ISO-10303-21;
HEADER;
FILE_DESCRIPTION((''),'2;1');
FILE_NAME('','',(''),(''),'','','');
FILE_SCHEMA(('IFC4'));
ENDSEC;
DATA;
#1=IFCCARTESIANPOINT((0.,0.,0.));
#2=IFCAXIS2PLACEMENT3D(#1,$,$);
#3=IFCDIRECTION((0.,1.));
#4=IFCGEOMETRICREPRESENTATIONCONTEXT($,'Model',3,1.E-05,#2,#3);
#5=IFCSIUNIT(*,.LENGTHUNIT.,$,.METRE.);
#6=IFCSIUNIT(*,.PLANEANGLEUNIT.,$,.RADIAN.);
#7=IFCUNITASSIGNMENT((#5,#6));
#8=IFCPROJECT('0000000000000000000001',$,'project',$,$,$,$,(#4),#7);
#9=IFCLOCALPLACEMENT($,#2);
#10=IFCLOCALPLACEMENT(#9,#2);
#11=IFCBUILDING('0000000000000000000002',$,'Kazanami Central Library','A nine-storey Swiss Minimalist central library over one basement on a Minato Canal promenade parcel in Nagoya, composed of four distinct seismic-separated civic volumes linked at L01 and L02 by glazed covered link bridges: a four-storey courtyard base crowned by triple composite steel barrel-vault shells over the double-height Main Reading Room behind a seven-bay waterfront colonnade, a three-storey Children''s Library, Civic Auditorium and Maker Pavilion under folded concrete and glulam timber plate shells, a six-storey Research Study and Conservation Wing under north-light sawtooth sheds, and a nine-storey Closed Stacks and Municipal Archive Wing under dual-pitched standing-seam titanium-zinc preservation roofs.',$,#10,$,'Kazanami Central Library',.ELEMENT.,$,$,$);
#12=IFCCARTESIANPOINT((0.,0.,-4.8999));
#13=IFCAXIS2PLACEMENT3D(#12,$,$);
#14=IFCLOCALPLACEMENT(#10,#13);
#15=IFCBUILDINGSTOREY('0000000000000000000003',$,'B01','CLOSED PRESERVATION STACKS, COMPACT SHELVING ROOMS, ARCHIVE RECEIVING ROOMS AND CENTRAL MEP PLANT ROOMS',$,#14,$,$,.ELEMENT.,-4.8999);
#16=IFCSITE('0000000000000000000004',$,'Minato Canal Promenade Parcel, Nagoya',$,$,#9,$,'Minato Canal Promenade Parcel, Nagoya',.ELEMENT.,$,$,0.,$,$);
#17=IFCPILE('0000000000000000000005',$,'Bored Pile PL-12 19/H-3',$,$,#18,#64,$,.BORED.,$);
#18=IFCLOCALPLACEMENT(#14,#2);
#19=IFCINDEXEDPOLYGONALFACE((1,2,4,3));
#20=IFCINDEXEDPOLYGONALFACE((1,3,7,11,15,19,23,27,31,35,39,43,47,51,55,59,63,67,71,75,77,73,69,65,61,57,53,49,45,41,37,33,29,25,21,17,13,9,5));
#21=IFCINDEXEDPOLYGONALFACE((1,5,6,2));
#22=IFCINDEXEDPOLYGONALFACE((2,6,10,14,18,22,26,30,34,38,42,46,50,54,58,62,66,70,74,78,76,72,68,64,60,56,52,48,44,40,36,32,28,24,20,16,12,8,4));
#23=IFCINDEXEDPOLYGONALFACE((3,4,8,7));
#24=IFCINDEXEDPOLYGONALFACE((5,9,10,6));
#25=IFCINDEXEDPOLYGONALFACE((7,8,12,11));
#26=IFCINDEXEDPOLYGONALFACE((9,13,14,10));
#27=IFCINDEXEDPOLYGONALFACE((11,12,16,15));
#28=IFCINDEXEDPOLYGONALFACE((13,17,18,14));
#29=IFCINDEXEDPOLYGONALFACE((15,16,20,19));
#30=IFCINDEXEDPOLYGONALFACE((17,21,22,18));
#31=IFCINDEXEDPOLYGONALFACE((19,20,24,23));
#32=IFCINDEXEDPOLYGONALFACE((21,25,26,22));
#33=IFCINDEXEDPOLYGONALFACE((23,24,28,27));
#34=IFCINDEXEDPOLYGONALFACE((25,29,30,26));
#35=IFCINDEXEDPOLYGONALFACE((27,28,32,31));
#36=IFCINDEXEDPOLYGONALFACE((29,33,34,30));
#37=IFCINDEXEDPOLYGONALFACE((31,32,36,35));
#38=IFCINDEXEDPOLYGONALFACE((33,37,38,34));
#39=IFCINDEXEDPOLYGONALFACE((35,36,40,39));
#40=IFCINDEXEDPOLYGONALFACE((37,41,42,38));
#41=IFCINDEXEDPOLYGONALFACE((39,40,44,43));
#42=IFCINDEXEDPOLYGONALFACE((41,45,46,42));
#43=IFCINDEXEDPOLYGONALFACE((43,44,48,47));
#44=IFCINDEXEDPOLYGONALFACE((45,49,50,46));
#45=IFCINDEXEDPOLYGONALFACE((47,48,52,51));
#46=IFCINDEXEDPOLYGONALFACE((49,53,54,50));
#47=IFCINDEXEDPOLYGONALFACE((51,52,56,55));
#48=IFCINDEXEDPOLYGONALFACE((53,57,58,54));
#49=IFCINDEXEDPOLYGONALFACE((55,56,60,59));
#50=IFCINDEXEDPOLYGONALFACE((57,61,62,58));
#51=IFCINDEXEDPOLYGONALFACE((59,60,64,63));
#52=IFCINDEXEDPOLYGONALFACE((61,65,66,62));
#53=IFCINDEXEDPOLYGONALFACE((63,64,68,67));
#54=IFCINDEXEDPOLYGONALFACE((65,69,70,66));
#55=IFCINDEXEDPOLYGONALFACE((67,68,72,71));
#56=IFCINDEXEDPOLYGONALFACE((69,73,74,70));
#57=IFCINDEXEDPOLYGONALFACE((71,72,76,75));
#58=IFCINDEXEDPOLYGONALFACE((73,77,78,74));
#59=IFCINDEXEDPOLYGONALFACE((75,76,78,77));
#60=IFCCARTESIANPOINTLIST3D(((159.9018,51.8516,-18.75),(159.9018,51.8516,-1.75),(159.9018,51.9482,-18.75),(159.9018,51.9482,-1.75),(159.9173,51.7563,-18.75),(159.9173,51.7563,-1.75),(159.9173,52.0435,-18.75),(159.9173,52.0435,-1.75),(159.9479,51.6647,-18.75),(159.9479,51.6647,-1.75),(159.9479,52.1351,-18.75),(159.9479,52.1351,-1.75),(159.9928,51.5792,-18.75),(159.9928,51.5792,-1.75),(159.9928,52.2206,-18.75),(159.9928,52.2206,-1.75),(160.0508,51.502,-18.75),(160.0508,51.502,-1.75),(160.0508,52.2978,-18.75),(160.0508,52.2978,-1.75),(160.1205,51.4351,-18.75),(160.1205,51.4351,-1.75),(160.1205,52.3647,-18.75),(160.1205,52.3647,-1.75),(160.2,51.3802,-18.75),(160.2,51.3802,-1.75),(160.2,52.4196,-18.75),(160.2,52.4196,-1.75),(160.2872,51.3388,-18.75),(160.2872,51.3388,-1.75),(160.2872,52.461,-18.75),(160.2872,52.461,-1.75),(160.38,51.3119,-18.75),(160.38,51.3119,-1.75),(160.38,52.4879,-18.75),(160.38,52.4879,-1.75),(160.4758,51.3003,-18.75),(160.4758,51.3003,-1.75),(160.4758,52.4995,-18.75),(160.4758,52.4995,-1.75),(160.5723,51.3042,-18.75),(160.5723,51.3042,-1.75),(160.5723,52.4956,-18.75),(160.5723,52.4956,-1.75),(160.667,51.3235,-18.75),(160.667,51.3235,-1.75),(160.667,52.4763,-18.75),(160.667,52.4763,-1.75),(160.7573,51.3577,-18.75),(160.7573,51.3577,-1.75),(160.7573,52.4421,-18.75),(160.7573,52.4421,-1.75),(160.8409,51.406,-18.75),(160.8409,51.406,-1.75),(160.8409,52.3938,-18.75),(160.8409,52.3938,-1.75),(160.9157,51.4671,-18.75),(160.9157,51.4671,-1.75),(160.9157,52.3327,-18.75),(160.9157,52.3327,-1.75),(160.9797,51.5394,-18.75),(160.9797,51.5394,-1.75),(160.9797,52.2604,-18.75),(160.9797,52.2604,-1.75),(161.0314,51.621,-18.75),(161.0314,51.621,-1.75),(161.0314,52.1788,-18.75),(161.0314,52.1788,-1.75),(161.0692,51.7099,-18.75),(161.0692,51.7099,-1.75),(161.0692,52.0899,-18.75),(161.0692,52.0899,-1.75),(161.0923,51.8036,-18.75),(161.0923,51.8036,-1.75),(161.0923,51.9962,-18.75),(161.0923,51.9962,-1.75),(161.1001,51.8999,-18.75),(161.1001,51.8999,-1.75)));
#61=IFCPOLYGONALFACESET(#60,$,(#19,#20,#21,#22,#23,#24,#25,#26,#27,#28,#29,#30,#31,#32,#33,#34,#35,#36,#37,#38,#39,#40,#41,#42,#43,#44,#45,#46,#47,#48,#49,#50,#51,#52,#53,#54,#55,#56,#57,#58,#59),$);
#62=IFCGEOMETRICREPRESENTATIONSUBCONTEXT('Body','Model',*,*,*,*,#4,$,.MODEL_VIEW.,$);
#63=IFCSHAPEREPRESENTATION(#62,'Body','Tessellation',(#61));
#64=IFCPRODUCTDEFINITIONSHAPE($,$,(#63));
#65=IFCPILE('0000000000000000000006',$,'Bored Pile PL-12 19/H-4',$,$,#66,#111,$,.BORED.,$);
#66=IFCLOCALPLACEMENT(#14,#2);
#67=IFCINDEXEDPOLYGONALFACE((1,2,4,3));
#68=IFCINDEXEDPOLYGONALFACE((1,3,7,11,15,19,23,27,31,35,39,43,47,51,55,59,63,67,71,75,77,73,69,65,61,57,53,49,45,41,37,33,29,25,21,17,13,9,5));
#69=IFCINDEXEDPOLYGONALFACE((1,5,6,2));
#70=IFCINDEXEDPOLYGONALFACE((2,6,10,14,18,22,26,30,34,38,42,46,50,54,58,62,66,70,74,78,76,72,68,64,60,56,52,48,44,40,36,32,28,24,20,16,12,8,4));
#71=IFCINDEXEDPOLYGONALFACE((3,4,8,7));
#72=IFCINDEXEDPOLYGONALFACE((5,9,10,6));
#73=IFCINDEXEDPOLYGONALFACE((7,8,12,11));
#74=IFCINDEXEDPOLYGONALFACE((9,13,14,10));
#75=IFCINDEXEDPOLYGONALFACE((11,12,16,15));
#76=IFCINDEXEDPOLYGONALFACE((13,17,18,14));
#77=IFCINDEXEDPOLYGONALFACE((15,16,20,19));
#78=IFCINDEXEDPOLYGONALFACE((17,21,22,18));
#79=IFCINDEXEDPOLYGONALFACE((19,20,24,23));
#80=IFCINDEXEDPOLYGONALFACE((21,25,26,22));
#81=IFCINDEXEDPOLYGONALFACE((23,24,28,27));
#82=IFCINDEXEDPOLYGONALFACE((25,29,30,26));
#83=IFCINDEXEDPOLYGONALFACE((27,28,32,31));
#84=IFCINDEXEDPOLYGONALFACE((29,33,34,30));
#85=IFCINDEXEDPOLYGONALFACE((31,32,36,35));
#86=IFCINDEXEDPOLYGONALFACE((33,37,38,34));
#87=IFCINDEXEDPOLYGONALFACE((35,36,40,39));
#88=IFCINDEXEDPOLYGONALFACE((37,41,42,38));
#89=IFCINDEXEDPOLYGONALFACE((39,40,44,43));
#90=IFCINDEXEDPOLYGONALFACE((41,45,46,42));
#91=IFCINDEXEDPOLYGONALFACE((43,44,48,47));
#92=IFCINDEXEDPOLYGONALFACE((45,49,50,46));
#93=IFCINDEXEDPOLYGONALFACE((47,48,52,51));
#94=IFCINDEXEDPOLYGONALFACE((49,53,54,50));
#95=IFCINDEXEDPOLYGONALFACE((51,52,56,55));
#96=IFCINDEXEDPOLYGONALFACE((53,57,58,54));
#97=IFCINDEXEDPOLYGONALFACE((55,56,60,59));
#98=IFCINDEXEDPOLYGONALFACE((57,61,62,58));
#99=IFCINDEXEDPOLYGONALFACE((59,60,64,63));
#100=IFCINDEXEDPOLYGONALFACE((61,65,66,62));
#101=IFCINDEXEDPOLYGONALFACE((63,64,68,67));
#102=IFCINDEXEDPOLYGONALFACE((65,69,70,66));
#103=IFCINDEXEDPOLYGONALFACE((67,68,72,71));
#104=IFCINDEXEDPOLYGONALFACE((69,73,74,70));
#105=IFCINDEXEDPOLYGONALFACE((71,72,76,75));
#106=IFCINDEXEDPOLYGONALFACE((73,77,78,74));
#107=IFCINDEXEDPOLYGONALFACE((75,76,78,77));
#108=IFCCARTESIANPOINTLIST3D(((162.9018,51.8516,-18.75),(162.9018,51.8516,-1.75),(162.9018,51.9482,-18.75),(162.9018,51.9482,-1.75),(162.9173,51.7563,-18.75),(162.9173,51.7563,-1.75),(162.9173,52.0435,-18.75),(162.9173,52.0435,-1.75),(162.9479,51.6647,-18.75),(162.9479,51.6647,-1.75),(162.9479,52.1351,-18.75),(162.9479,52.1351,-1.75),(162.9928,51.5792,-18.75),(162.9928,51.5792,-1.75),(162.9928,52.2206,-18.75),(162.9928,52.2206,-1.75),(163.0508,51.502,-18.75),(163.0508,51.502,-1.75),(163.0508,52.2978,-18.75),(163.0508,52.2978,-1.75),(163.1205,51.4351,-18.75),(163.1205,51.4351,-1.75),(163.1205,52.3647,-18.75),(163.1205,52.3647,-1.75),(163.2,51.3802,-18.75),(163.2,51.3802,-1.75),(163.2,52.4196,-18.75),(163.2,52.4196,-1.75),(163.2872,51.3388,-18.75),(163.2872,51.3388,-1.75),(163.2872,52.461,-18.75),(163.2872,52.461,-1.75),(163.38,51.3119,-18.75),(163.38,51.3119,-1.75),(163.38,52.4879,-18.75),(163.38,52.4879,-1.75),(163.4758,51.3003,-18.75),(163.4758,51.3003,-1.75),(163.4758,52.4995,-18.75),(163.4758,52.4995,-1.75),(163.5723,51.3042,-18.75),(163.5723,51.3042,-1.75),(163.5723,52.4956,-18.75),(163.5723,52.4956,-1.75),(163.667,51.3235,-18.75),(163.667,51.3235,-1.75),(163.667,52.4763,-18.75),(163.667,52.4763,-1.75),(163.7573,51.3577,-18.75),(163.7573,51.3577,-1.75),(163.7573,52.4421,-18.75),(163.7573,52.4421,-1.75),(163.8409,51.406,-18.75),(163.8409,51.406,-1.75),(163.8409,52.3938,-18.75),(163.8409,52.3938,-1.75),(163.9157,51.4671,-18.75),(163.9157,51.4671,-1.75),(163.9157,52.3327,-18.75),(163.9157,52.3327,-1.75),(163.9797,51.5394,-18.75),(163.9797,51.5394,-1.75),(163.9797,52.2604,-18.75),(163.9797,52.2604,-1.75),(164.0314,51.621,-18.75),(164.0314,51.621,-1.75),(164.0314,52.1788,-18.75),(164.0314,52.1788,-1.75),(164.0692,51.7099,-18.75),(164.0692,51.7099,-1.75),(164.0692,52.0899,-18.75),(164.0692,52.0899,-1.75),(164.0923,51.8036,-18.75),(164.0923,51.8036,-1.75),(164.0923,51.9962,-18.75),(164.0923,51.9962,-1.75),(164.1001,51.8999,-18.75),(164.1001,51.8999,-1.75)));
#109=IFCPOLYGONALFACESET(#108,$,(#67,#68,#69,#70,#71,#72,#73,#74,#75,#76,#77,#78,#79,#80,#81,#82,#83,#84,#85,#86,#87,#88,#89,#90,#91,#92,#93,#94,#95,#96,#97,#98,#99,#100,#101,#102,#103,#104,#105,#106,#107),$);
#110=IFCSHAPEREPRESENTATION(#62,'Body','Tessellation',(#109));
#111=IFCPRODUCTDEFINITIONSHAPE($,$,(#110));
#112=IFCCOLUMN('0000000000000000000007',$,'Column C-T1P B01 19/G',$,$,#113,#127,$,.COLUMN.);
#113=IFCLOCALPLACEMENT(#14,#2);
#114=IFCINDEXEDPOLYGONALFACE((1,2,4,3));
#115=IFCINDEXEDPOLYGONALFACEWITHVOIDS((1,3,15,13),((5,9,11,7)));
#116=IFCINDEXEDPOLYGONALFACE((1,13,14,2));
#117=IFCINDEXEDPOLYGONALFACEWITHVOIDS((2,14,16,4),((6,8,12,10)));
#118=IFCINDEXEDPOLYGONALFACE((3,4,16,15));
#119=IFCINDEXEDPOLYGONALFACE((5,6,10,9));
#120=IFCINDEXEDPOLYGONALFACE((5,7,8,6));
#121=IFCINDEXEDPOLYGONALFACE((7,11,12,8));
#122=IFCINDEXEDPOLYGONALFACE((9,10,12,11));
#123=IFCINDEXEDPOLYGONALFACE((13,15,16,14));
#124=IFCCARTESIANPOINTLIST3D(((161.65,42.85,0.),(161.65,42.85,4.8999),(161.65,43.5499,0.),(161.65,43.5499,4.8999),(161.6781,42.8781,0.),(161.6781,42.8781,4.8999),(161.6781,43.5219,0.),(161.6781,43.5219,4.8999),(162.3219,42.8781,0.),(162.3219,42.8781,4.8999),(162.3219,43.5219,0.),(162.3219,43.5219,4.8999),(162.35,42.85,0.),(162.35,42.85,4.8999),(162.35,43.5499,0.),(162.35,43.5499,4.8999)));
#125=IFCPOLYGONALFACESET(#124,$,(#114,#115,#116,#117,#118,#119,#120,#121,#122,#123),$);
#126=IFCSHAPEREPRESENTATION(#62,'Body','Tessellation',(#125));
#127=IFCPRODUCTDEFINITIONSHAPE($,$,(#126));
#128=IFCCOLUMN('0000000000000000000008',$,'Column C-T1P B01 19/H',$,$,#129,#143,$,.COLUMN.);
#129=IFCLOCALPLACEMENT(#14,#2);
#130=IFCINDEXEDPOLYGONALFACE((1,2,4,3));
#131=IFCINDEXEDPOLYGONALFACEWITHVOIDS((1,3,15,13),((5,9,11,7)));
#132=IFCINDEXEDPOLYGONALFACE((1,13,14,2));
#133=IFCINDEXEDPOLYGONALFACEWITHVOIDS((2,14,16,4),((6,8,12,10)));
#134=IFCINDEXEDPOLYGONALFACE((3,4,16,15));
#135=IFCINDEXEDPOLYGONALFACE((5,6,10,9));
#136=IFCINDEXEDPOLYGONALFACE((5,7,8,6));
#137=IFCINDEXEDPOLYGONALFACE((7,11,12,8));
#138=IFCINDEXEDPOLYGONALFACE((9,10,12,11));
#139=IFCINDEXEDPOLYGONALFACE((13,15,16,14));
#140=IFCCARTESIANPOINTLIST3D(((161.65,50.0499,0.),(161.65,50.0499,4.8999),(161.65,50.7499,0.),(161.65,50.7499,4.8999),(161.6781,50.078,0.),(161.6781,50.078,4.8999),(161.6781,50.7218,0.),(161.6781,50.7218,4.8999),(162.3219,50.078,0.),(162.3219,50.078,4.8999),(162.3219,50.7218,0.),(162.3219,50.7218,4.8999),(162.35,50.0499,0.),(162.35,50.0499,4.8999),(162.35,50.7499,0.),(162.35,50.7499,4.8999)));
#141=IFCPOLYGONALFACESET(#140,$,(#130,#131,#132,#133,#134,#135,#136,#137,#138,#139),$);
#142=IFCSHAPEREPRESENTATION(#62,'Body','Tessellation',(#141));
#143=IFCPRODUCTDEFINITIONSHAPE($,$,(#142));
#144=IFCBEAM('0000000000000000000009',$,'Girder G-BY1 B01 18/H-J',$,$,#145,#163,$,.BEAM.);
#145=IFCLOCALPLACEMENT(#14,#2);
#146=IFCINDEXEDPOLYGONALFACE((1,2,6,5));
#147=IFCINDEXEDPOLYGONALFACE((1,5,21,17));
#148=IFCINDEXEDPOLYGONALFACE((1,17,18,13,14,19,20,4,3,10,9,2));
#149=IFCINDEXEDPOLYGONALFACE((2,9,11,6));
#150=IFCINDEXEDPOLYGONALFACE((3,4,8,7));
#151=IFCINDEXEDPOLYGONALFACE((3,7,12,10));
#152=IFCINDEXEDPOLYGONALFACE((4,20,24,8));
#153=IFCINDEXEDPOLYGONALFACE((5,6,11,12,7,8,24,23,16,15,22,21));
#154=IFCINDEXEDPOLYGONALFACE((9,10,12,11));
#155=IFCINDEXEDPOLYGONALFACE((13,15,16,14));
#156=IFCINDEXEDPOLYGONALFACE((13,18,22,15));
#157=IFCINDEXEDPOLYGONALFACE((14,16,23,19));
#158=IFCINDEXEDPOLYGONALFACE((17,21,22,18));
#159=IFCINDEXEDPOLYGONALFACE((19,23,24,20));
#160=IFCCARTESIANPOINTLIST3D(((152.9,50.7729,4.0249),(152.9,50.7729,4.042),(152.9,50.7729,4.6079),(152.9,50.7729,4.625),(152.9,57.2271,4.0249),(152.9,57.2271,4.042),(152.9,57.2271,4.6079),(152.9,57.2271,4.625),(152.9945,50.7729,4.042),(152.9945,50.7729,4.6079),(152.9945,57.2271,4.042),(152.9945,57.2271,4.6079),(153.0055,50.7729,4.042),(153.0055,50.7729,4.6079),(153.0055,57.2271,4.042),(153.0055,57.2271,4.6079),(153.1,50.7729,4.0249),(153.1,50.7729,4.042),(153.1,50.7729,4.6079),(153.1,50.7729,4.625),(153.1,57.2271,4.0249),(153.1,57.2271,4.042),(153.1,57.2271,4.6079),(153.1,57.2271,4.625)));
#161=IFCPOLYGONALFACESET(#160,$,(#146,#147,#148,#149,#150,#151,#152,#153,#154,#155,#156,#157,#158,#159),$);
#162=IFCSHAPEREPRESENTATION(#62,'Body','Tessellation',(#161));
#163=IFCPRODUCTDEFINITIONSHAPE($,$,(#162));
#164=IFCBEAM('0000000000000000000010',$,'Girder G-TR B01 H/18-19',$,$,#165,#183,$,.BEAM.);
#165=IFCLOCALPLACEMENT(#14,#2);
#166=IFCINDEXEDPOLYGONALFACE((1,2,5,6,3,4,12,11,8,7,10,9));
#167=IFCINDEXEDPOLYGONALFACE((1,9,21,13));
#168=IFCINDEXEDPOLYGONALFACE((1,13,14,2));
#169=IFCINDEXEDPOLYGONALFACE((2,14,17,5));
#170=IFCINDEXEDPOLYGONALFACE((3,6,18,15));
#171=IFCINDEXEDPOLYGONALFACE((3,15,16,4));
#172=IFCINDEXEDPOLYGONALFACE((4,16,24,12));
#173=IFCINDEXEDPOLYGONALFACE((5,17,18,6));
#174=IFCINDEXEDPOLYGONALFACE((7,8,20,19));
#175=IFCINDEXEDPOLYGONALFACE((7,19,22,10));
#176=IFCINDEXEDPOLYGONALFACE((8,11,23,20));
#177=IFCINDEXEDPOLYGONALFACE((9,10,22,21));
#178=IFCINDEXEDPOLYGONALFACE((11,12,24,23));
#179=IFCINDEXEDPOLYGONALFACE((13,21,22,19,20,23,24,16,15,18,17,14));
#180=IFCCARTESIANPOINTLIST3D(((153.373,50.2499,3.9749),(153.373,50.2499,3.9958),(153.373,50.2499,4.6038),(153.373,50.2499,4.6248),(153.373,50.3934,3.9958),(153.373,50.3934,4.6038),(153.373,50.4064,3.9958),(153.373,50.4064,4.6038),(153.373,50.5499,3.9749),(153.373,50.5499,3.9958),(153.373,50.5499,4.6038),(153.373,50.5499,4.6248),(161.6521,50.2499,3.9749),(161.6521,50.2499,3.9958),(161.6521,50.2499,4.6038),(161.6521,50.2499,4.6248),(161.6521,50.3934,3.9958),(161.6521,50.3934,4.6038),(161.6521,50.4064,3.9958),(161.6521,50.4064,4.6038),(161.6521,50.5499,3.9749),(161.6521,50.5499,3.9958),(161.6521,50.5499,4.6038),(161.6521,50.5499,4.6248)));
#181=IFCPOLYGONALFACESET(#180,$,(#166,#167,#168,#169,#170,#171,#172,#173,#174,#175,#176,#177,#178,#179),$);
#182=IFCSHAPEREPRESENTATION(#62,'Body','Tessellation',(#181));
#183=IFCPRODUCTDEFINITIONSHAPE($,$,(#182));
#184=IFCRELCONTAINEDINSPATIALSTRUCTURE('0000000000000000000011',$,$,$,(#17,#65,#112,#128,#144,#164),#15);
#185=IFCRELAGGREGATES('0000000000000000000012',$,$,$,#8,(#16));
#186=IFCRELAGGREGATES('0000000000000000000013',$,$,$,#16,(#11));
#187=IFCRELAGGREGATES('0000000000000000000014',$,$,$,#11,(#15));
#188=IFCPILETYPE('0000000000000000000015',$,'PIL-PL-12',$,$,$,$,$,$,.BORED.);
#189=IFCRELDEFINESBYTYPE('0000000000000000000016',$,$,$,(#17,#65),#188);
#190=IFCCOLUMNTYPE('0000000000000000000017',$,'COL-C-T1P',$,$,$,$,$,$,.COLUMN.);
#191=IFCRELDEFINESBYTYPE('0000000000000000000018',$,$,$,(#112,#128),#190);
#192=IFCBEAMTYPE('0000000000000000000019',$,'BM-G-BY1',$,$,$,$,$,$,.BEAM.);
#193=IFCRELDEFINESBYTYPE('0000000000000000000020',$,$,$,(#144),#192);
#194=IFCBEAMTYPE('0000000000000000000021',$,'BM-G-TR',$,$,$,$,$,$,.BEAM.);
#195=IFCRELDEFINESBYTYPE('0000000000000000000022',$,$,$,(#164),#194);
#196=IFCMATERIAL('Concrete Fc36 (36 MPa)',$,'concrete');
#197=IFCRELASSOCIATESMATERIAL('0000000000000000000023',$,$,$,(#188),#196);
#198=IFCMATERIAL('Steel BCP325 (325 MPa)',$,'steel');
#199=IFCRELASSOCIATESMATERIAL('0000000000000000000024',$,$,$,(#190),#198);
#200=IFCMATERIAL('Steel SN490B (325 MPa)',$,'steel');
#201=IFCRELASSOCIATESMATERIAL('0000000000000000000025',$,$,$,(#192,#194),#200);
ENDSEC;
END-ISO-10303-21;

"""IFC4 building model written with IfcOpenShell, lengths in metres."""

from ifc_helpers import new_model, si_unit, direction, frame, origin, origin_2d, place, context, subcontext, project, spatial, hollow_rectangle, circle, i_section, extrude, material, material_profile, profile_set, type_object, element, save


model = new_model("IFC4")

# Units and contexts
model_context = context("Model", 3, precision=1e-05, world=origin(), true_north=direction((0.0, 1.0)))
body_context = subcontext(model_context, "Body", "Model", "MODEL_VIEW")
ifc_project = project(units=[si_unit("LENGTHUNIT", "METRE"), si_unit("PLANEANGLEUNIT", "RADIAN")], contexts=[model_context])

# Site, building, storey
site_placement = place(None, origin())
site = spatial("IfcSite", under=ifc_project, at=site_placement, Name="Minato Canal Promenade Parcel, Nagoya", LongName="Minato Canal Promenade Parcel, Nagoya", CompositionType="ELEMENT", RefElevation=0.0)
building_placement = place(site_placement, origin())
building = spatial("IfcBuilding", under=site, at=building_placement, Name="Kazanami Central Library", Description="A nine-storey Swiss Minimalist central library over one basement on a Minato Canal promenade parcel in Nagoya, composed of four distinct seismic-separated civic volumes linked at L01 and L02 by glazed covered link bridges: a four-storey courtyard base crowned by triple composite steel barrel-vault shells over the double-height Main Reading Room behind a seven-bay waterfront colonnade, a three-storey Children's Library, Civic Auditorium and Maker Pavilion under folded concrete and glulam timber plate shells, a six-storey Research Study and Conservation Wing under north-light sawtooth sheds, and a nine-storey Closed Stacks and Municipal Archive Wing under dual-pitched standing-seam titanium-zinc preservation roofs.", LongName="Kazanami Central Library", CompositionType="ELEMENT")
storey_placement = place(building_placement, frame((0.0, 0.0, -4.8999)))
storey = spatial("IfcBuildingStorey", under=building, at=storey_placement, Name="B01", Description="CLOSED PRESERVATION STACKS, COMPACT SHELVING ROOMS, ARCHIVE RECEIVING ROOMS AND CENTRAL MEP PLANT ROOMS", CompositionType="ELEMENT", Elevation=-4.8999)

# Shared definitions
ifc_material_1 = material(Name="Concrete Fc36 (36 MPa)", Category="concrete")

# Piles
ifc_material_profile_1 = material_profile(ifc_material_1, circle(Radius=0.6001, at=origin_2d()), Name="BORED-D1200")
ifc_profile_set_1 = profile_set([ifc_material_profile_1], Name="Concrete Fc36 (36 MPa)")
pile_type = type_object("IfcPileType", Name="PIL-PL-12", PredefinedType="BORED", material=ifc_profile_set_1)
for number, where, z_axis, x_axis, name in (
    (1, (160.5, 51.8999, -1.75), (0.0, 0.0, -1.0), (1.0, 0.0, 0.0), "Bored Pile PL-12 19/H-3"),
    (2, (163.5, 51.8999, -1.75), (0.0, 0.0, -1.0), (1.0, 0.0, 0.0), "Bored Pile PL-12 19/H-4"),
):
    element("IfcPile", number, at=place(storey_placement, frame(where, z_axis=z_axis, x_axis=x_axis)), inside=storey, type_object=pile_type, Name=name, PredefinedType="BORED", context=body_context, shape_type="SweptSolid", body=[
        extrude(circle(Radius=0.6001, at=origin_2d()), origin(), (0.0, 0.0, 1.0), 17.0),
    ])

# Columns
ifc_material_2 = material(Name="Steel BCP325 (325 MPa)", Category="steel")
ifc_material_profile_2 = material_profile(ifc_material_2, hollow_rectangle(XDim=0.7, YDim=0.7, WallThickness=0.0281, at=origin_2d()), Name="BCP-700x700x28")
ifc_profile_set_2 = profile_set([ifc_material_profile_2], Name="Steel BCP325 (325 MPa)")
column_type = type_object("IfcColumnType", Name="COL-C-T1P", PredefinedType="COLUMN", material=ifc_profile_set_2)
for number, where, z_axis, x_axis, name in (
    (3, (162.0, 43.2, 0.0), (0.0, 0.0, 1.0), (1.0, 0.0, 0.0), "Column C-T1P B01 19/G"),
    (4, (162.0, 50.3999, 0.0), (0.0, 0.0, 1.0), (1.0, 0.0, 0.0), "Column C-T1P B01 19/H"),
):
    element("IfcColumn", number, at=place(storey_placement, frame(where, z_axis=z_axis, x_axis=x_axis)), inside=storey, type_object=column_type, Name=name, PredefinedType="COLUMN", context=body_context, shape_type="SweptSolid", body=[
        extrude(hollow_rectangle(XDim=0.7, YDim=0.7, WallThickness=0.0281, at=origin_2d()), origin(), (0.0, 0.0, 1.0), 4.8999),
    ])

# Beams
ifc_material_3 = material(Name="Steel SN490B (325 MPa)", Category="steel")
ifc_material_profile_3 = material_profile(ifc_material_3, i_section(OverallWidth=0.2, OverallDepth=0.6001, WebThickness=0.011, FlangeThickness=0.0171, at=origin_2d()), Name="H-600x200x11x17")
ifc_profile_set_3 = profile_set([ifc_material_profile_3], Name="Steel SN490B (325 MPa)")
beam_type_1 = type_object("IfcBeamType", Name="BM-G-BY1", PredefinedType="BEAM", material=ifc_profile_set_3)
beam_1_placement = place(storey_placement, frame((153.0, 50.7729, 4.325), z_axis=(0.0, 1.0, 0.0), x_axis=(-1.0, 0.0, 0.0)))
element("IfcBeam", 5, at=beam_1_placement, inside=storey, type_object=beam_type_1, Name="Girder G-BY1 B01 18/H-J", PredefinedType="BEAM", context=body_context, shape_type="SweptSolid", body=[
    extrude(i_section(OverallWidth=0.2, OverallDepth=0.6001, WebThickness=0.011, FlangeThickness=0.0171, at=origin_2d()), origin(), (0.0, 0.0, 1.0), 6.4541),
])
ifc_material_profile_4 = material_profile(ifc_material_3, i_section(OverallWidth=0.3, OverallDepth=0.6499, WebThickness=0.0129, FlangeThickness=0.021, at=origin_2d()), Name="H-650x300x13x21")
ifc_profile_set_4 = profile_set([ifc_material_profile_4], Name="Steel SN490B (325 MPa)")
beam_type_2 = type_object("IfcBeamType", Name="BM-G-TR", PredefinedType="BEAM", material=ifc_profile_set_4)
beam_2_placement = place(storey_placement, frame((153.373, 50.3999, 4.2998), z_axis=(1.0, 0.0, 0.0), x_axis=(0.0, 1.0, 0.0)))
element("IfcBeam", 6, at=beam_2_placement, inside=storey, type_object=beam_type_2, Name="Girder G-TR B01 H/18-19", PredefinedType="BEAM", context=body_context, shape_type="SweptSolid", body=[
    extrude(i_section(OverallWidth=0.3, OverallDepth=0.6499, WebThickness=0.0129, FlangeThickness=0.021, at=origin_2d()), origin(), (0.0, 0.0, 1.0), 8.2791),
])

save(model, "model.ifc")
